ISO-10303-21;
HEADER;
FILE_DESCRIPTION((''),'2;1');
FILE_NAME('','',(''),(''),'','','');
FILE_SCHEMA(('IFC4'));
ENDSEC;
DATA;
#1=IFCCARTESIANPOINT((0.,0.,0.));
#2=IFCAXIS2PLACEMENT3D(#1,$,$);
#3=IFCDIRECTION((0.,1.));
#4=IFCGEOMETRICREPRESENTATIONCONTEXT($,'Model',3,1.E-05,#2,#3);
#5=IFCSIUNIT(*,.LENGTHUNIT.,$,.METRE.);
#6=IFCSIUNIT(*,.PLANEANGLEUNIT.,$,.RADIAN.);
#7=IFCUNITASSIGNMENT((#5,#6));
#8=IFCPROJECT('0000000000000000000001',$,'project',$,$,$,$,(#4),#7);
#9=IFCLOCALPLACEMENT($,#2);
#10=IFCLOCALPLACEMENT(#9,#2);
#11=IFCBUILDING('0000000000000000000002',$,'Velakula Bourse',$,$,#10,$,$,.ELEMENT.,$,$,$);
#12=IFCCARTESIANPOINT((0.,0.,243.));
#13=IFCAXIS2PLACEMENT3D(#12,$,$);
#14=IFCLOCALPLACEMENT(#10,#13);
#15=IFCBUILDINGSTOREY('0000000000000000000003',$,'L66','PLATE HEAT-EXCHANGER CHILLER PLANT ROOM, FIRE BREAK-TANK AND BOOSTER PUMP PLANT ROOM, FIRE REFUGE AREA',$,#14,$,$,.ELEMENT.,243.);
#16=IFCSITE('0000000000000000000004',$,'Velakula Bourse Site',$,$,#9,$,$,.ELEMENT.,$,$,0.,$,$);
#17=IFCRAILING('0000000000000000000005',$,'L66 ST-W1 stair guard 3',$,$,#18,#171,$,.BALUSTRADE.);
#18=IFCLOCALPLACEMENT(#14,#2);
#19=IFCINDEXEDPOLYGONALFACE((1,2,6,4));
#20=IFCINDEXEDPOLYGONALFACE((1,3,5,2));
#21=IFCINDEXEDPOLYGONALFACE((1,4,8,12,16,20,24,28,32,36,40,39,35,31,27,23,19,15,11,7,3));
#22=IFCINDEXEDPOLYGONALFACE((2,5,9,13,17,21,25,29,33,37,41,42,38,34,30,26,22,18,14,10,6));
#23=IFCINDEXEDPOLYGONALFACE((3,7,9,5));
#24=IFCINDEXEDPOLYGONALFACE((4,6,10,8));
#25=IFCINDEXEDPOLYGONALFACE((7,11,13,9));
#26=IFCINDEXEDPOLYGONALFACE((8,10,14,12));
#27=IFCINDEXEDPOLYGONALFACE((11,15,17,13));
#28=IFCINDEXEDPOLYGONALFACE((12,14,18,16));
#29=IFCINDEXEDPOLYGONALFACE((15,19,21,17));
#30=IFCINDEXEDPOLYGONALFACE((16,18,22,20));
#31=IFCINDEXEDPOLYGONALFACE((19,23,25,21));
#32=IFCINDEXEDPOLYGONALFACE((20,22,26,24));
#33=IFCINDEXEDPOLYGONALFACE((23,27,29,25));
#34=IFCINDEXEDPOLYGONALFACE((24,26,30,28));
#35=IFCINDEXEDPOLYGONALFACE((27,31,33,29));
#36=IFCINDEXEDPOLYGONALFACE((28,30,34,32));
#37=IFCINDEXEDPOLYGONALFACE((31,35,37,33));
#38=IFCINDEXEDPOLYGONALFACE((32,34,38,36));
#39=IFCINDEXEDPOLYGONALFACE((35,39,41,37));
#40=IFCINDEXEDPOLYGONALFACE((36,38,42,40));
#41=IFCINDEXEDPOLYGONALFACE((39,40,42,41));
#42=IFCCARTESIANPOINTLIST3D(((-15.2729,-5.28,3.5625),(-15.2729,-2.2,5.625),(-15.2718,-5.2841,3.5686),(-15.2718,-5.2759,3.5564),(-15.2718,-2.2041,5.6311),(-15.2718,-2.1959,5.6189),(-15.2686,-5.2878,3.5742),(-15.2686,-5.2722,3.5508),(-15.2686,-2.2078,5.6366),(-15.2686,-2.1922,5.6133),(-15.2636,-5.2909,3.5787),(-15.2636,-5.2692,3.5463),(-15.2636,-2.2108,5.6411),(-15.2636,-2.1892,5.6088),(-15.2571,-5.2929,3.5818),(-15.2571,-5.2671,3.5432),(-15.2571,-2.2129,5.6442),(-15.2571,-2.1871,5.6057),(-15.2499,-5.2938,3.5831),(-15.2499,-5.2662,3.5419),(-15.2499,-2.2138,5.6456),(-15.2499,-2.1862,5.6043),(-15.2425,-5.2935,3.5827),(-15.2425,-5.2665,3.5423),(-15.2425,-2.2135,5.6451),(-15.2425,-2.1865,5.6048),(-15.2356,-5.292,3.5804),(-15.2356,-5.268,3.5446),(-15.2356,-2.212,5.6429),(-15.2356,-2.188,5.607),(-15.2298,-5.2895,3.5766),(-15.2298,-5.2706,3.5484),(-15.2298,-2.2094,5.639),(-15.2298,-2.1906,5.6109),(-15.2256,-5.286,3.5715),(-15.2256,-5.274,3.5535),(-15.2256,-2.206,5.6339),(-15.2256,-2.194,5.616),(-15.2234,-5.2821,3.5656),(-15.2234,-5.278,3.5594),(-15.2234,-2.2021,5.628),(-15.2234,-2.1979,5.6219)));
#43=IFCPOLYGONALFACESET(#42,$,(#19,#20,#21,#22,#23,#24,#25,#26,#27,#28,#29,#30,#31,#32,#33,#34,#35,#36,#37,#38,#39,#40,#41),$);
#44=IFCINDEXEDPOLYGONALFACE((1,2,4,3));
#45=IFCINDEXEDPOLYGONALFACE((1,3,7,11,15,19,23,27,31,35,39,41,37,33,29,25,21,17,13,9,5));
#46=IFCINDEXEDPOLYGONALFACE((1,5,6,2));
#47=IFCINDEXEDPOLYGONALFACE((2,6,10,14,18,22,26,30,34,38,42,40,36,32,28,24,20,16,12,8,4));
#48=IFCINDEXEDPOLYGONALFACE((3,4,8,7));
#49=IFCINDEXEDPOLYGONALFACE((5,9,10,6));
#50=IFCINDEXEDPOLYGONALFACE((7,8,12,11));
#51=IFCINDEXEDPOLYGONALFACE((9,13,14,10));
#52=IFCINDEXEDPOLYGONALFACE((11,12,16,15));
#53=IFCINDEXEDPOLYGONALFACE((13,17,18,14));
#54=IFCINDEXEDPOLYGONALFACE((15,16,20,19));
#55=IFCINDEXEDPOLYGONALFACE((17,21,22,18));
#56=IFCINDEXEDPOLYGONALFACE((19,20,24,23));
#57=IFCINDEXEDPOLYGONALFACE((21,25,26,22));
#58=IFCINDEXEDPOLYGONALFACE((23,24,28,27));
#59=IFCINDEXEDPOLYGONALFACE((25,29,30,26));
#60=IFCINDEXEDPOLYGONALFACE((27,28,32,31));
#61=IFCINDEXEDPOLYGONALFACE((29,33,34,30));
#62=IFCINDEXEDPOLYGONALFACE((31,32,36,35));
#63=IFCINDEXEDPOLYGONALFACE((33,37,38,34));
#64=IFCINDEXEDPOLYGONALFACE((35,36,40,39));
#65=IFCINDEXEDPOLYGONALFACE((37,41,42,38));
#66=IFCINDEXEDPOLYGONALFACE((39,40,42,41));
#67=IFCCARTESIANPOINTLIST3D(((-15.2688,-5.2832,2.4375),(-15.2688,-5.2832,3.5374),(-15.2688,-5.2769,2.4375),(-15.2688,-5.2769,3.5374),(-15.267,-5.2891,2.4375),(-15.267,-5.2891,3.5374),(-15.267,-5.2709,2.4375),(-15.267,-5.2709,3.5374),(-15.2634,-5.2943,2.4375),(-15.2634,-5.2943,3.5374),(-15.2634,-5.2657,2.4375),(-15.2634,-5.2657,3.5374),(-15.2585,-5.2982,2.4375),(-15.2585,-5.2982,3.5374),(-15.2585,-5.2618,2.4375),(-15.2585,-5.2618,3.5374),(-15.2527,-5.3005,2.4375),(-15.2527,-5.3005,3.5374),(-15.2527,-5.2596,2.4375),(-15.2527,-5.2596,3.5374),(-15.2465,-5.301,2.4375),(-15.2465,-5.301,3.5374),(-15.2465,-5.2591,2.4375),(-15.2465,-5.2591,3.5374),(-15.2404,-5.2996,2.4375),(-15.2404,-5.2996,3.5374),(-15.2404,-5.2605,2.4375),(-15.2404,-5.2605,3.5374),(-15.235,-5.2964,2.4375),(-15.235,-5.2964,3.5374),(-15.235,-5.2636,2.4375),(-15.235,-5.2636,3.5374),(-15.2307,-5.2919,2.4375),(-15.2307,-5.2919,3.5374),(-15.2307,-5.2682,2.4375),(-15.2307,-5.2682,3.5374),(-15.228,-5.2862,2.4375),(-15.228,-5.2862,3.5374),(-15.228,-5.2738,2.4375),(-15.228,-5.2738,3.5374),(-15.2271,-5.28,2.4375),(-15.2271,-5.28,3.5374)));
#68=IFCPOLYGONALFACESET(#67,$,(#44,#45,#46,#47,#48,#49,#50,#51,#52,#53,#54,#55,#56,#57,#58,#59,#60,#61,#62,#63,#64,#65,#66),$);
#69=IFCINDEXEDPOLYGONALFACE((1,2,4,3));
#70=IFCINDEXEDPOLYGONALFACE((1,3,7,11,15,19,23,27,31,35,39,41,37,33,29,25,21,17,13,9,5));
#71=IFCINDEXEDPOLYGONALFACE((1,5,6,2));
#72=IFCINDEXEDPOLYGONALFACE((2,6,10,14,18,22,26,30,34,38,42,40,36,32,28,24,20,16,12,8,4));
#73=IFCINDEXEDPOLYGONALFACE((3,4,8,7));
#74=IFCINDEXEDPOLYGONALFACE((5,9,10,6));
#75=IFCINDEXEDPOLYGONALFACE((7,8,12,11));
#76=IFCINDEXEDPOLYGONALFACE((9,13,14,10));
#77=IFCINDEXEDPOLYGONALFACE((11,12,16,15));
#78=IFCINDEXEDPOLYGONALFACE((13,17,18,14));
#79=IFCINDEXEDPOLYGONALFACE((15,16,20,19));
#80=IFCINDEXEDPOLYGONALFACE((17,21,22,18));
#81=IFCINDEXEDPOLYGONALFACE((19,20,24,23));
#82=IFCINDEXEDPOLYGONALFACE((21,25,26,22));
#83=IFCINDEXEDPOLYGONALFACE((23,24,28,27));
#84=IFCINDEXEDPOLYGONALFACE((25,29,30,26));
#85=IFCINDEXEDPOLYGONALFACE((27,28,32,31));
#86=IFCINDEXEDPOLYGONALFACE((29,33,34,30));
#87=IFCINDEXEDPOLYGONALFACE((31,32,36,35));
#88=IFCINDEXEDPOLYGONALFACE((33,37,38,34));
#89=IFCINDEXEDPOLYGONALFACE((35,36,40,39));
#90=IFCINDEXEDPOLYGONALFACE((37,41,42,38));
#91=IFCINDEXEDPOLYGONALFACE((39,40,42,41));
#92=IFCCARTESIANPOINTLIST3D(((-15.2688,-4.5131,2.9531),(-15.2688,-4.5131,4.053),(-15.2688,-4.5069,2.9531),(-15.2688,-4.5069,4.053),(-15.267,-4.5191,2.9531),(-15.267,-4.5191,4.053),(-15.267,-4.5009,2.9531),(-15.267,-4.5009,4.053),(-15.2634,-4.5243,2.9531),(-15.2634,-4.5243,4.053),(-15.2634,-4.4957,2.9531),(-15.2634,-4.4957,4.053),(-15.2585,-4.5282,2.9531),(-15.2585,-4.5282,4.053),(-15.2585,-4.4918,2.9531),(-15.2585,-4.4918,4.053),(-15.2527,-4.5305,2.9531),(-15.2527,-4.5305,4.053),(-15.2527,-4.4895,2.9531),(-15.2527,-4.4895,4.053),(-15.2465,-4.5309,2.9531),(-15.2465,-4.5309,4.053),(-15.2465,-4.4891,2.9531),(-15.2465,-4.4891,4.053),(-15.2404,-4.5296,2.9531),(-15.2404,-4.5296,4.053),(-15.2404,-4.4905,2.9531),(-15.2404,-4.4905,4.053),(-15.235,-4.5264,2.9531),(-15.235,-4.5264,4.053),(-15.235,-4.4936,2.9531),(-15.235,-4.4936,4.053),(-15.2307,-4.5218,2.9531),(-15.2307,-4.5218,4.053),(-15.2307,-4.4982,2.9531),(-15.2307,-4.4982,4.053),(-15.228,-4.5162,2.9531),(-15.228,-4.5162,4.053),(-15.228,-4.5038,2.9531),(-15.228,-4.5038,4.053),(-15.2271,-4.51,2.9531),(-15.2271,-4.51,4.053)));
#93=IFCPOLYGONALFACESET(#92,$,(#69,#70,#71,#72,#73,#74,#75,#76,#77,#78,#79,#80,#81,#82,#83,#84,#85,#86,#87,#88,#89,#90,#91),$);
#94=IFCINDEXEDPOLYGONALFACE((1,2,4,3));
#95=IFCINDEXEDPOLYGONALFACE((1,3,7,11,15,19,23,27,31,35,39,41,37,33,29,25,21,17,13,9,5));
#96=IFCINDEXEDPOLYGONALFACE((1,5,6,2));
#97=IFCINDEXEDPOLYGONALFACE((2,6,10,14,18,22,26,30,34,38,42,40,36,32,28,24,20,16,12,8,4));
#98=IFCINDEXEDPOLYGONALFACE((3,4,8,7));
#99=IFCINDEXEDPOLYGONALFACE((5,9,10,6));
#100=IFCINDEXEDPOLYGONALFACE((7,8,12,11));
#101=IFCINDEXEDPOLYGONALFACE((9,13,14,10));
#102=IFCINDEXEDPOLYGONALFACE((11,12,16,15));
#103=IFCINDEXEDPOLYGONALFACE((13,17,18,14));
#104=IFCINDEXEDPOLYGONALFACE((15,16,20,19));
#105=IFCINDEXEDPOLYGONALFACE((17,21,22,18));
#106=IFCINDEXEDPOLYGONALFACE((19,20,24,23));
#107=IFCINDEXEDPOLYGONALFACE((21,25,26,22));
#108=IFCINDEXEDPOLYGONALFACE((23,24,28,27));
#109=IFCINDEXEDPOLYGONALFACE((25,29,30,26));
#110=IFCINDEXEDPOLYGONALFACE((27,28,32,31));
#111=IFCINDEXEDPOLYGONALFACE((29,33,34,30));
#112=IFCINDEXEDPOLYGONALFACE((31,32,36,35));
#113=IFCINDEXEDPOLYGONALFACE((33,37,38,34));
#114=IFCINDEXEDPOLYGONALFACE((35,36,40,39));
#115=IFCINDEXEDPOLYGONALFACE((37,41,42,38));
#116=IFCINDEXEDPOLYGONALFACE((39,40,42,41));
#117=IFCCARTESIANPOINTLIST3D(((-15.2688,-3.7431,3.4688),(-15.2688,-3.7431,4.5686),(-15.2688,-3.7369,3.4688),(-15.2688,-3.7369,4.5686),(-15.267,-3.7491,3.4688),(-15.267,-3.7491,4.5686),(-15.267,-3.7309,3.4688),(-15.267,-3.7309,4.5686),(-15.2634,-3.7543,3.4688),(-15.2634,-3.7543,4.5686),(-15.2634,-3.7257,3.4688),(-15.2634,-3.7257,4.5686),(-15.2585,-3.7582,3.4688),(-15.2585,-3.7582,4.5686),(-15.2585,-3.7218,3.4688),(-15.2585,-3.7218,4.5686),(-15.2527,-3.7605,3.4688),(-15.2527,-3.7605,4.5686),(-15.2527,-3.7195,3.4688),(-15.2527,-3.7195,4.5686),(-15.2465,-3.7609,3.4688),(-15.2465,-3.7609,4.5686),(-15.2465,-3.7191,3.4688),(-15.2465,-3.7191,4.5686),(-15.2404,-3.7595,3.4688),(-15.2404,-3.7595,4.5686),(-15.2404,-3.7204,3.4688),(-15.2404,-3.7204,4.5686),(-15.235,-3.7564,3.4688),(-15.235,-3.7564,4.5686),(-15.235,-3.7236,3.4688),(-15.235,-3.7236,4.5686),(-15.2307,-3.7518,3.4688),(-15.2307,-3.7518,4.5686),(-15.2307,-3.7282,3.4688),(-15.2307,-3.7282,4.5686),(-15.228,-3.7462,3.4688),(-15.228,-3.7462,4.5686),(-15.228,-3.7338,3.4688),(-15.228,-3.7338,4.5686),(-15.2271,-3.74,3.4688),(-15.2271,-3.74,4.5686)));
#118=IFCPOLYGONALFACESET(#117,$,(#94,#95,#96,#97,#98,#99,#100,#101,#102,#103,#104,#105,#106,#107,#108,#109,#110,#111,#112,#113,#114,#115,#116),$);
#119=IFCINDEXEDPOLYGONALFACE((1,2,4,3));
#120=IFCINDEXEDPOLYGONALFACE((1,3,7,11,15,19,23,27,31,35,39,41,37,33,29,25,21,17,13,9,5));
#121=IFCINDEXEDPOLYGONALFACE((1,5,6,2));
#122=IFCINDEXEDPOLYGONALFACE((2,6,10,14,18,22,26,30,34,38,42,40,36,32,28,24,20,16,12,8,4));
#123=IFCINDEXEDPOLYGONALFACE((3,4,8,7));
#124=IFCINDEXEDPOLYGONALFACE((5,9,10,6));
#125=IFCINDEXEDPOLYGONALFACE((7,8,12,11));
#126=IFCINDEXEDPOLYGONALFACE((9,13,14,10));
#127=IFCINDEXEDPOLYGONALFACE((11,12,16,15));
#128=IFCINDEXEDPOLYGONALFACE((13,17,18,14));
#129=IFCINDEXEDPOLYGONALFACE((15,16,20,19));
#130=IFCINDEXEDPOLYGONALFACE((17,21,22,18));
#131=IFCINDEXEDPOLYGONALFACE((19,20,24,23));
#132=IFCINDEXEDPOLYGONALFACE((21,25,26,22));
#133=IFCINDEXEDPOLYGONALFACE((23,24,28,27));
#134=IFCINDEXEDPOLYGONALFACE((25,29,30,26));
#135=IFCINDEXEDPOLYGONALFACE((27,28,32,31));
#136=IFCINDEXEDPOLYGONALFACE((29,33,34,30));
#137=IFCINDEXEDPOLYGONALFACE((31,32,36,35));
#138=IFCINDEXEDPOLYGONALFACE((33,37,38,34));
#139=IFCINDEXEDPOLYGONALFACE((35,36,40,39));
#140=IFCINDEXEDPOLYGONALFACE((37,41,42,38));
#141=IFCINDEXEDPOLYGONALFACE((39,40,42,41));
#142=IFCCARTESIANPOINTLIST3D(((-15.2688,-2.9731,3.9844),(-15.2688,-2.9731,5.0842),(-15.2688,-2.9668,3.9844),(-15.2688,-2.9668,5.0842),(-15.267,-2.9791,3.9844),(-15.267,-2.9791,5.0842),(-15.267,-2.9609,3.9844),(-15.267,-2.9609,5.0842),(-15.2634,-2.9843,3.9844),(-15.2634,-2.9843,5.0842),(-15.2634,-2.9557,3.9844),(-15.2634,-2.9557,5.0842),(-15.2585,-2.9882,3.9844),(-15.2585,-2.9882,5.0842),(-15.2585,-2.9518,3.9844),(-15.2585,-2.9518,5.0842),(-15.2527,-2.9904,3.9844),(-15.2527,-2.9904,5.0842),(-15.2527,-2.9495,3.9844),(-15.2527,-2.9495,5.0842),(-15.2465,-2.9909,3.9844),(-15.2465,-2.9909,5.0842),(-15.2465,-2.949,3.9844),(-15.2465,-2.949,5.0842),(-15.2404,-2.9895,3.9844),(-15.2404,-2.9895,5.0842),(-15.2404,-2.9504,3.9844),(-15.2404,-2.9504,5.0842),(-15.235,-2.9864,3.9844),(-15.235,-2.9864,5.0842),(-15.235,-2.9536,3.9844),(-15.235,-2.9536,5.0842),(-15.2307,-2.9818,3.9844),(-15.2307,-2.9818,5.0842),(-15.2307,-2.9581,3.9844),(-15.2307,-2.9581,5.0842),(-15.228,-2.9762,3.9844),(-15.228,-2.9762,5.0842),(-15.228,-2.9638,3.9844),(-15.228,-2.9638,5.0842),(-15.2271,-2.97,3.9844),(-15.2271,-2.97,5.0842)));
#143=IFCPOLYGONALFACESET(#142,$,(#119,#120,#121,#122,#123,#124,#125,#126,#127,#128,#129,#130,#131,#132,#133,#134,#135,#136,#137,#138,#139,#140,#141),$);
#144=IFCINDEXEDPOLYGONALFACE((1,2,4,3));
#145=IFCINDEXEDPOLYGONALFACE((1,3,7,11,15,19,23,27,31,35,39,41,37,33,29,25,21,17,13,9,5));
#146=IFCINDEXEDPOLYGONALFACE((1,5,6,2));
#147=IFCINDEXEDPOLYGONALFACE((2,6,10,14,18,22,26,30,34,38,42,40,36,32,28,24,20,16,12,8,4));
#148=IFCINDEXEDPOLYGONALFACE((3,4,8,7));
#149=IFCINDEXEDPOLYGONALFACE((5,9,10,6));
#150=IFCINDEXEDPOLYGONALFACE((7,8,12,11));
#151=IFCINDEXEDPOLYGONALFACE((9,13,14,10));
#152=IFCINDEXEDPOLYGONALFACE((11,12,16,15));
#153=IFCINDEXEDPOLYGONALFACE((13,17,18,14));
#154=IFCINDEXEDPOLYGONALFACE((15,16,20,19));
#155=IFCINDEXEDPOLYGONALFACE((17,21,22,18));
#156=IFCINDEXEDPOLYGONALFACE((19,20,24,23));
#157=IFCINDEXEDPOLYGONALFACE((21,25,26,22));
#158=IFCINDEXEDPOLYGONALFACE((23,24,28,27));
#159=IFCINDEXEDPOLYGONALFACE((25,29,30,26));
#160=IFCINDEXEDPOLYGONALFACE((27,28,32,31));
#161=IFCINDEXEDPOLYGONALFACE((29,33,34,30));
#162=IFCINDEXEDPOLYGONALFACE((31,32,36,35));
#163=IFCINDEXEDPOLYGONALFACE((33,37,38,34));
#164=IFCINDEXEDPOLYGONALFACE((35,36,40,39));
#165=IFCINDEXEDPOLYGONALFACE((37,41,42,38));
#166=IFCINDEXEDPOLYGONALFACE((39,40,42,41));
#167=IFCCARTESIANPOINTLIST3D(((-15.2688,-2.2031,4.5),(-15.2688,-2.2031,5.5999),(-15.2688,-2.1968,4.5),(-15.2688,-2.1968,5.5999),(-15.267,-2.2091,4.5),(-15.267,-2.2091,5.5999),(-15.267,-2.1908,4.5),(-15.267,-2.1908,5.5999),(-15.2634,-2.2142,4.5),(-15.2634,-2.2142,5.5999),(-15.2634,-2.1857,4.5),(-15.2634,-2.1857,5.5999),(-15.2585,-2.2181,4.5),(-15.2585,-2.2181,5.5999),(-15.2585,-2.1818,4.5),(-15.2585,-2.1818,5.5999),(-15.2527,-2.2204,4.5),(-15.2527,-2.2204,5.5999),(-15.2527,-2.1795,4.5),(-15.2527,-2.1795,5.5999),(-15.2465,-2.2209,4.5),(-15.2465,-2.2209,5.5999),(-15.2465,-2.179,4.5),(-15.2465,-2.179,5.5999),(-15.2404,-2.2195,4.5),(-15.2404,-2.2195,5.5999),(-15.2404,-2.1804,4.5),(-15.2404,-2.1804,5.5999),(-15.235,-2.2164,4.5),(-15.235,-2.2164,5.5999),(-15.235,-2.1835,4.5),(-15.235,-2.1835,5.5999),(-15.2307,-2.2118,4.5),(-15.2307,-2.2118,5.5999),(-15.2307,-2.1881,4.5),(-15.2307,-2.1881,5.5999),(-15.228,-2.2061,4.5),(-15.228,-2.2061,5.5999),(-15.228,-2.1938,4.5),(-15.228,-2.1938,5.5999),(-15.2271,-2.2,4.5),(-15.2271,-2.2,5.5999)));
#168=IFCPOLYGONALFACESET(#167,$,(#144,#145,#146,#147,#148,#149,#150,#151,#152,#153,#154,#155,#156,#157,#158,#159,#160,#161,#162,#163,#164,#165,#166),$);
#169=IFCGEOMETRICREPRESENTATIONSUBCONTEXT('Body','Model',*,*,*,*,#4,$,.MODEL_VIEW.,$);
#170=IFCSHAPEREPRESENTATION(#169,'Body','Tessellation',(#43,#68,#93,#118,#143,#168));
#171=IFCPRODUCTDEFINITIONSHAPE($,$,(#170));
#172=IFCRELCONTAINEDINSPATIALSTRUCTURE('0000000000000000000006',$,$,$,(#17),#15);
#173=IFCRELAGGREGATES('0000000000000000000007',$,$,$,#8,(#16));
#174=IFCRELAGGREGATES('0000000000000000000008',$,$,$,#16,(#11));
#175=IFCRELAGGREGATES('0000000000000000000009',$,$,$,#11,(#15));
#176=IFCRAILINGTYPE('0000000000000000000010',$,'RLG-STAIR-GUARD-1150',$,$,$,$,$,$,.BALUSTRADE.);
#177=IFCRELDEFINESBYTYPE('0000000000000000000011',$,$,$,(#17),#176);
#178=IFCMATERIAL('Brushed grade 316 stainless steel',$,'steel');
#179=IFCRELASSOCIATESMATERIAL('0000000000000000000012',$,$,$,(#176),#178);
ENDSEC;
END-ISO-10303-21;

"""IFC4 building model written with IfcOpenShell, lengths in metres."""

from ifc_helpers import new_model, si_unit, direction, frame, origin, origin_2d, place, context, subcontext, project, spatial, circle, extrude, material, type_object, element, save


model = new_model("IFC4")

# Units and contexts
model_context = context("Model", 3, precision=1e-05, world=origin(), true_north=direction((0.0, 1.0)))
body_context = subcontext(model_context, "Body", "Model", "MODEL_VIEW")
ifc_project = project(units=[si_unit("LENGTHUNIT", "METRE"), si_unit("PLANEANGLEUNIT", "RADIAN")], contexts=[model_context])

# Site, building, storey
site_placement = place(None, origin())
site = spatial("IfcSite", under=ifc_project, at=site_placement, Name="Velakula Bourse Site", CompositionType="ELEMENT", RefElevation=0.0)
building_placement = place(site_placement, origin())
building = spatial("IfcBuilding", under=site, at=building_placement, Name="Velakula Bourse", CompositionType="ELEMENT")
storey_placement = place(building_placement, frame((0.0, 0.0, 243.0)))
storey = spatial("IfcBuildingStorey", under=building, at=storey_placement, Name="L66", Description="PLATE HEAT-EXCHANGER CHILLER PLANT ROOM, FIRE BREAK-TANK AND BOOSTER PUMP PLANT ROOM, FIRE REFUGE AREA", CompositionType="ELEMENT", Elevation=243.0)

# Shared definitions
ifc_material_1 = material(Name="Brushed grade 316 stainless steel", Category="steel")

# Railing
railing_type_1 = type_object("IfcRailingType", Name="RLG-STAIR-GUARD-1150", PredefinedType="BALUSTRADE", material=ifc_material_1)
railing_1_placement = place(storey_placement, frame((-15.248, -5.28, 2.4375)))
element("IfcRailing", 1, at=railing_1_placement, inside=storey, type_object=railing_type_1, Name="L66 ST-W1 stair guard 3", PredefinedType="BALUSTRADE", context=body_context, shape_type="SweptSolid", body=[
    extrude(circle(Radius=0.0249, at=origin_2d()), frame((0.0, 0.0, 1.125), z_axis=(0.0, 0.830914, 0.556401), x_axis=(-1.0, 0.0, 0.0)), (0.0, 0.0, 1.0), 3.7068),
    extrude(circle(Radius=0.021, at=origin_2d()), origin(), (0.0, 0.0, 1.0), 1.0999),
    extrude(circle(Radius=0.021, at=origin_2d()), frame((0.0, 0.77, 0.5156)), (0.0, 0.0, 1.0), 1.0999),
    extrude(circle(Radius=0.021, at=origin_2d()), frame((0.0, 1.54, 1.0312)), (0.0, 0.0, 1.0), 1.0999),
    extrude(circle(Radius=0.021, at=origin_2d()), frame((0.0, 2.3101, 1.5469)), (0.0, 0.0, 1.0), 1.0999),
    extrude(circle(Radius=0.021, at=origin_2d()), frame((0.0, 3.0801, 2.0625)), (0.0, 0.0, 1.0), 1.0999),
])

save(model, "model.ifc")
